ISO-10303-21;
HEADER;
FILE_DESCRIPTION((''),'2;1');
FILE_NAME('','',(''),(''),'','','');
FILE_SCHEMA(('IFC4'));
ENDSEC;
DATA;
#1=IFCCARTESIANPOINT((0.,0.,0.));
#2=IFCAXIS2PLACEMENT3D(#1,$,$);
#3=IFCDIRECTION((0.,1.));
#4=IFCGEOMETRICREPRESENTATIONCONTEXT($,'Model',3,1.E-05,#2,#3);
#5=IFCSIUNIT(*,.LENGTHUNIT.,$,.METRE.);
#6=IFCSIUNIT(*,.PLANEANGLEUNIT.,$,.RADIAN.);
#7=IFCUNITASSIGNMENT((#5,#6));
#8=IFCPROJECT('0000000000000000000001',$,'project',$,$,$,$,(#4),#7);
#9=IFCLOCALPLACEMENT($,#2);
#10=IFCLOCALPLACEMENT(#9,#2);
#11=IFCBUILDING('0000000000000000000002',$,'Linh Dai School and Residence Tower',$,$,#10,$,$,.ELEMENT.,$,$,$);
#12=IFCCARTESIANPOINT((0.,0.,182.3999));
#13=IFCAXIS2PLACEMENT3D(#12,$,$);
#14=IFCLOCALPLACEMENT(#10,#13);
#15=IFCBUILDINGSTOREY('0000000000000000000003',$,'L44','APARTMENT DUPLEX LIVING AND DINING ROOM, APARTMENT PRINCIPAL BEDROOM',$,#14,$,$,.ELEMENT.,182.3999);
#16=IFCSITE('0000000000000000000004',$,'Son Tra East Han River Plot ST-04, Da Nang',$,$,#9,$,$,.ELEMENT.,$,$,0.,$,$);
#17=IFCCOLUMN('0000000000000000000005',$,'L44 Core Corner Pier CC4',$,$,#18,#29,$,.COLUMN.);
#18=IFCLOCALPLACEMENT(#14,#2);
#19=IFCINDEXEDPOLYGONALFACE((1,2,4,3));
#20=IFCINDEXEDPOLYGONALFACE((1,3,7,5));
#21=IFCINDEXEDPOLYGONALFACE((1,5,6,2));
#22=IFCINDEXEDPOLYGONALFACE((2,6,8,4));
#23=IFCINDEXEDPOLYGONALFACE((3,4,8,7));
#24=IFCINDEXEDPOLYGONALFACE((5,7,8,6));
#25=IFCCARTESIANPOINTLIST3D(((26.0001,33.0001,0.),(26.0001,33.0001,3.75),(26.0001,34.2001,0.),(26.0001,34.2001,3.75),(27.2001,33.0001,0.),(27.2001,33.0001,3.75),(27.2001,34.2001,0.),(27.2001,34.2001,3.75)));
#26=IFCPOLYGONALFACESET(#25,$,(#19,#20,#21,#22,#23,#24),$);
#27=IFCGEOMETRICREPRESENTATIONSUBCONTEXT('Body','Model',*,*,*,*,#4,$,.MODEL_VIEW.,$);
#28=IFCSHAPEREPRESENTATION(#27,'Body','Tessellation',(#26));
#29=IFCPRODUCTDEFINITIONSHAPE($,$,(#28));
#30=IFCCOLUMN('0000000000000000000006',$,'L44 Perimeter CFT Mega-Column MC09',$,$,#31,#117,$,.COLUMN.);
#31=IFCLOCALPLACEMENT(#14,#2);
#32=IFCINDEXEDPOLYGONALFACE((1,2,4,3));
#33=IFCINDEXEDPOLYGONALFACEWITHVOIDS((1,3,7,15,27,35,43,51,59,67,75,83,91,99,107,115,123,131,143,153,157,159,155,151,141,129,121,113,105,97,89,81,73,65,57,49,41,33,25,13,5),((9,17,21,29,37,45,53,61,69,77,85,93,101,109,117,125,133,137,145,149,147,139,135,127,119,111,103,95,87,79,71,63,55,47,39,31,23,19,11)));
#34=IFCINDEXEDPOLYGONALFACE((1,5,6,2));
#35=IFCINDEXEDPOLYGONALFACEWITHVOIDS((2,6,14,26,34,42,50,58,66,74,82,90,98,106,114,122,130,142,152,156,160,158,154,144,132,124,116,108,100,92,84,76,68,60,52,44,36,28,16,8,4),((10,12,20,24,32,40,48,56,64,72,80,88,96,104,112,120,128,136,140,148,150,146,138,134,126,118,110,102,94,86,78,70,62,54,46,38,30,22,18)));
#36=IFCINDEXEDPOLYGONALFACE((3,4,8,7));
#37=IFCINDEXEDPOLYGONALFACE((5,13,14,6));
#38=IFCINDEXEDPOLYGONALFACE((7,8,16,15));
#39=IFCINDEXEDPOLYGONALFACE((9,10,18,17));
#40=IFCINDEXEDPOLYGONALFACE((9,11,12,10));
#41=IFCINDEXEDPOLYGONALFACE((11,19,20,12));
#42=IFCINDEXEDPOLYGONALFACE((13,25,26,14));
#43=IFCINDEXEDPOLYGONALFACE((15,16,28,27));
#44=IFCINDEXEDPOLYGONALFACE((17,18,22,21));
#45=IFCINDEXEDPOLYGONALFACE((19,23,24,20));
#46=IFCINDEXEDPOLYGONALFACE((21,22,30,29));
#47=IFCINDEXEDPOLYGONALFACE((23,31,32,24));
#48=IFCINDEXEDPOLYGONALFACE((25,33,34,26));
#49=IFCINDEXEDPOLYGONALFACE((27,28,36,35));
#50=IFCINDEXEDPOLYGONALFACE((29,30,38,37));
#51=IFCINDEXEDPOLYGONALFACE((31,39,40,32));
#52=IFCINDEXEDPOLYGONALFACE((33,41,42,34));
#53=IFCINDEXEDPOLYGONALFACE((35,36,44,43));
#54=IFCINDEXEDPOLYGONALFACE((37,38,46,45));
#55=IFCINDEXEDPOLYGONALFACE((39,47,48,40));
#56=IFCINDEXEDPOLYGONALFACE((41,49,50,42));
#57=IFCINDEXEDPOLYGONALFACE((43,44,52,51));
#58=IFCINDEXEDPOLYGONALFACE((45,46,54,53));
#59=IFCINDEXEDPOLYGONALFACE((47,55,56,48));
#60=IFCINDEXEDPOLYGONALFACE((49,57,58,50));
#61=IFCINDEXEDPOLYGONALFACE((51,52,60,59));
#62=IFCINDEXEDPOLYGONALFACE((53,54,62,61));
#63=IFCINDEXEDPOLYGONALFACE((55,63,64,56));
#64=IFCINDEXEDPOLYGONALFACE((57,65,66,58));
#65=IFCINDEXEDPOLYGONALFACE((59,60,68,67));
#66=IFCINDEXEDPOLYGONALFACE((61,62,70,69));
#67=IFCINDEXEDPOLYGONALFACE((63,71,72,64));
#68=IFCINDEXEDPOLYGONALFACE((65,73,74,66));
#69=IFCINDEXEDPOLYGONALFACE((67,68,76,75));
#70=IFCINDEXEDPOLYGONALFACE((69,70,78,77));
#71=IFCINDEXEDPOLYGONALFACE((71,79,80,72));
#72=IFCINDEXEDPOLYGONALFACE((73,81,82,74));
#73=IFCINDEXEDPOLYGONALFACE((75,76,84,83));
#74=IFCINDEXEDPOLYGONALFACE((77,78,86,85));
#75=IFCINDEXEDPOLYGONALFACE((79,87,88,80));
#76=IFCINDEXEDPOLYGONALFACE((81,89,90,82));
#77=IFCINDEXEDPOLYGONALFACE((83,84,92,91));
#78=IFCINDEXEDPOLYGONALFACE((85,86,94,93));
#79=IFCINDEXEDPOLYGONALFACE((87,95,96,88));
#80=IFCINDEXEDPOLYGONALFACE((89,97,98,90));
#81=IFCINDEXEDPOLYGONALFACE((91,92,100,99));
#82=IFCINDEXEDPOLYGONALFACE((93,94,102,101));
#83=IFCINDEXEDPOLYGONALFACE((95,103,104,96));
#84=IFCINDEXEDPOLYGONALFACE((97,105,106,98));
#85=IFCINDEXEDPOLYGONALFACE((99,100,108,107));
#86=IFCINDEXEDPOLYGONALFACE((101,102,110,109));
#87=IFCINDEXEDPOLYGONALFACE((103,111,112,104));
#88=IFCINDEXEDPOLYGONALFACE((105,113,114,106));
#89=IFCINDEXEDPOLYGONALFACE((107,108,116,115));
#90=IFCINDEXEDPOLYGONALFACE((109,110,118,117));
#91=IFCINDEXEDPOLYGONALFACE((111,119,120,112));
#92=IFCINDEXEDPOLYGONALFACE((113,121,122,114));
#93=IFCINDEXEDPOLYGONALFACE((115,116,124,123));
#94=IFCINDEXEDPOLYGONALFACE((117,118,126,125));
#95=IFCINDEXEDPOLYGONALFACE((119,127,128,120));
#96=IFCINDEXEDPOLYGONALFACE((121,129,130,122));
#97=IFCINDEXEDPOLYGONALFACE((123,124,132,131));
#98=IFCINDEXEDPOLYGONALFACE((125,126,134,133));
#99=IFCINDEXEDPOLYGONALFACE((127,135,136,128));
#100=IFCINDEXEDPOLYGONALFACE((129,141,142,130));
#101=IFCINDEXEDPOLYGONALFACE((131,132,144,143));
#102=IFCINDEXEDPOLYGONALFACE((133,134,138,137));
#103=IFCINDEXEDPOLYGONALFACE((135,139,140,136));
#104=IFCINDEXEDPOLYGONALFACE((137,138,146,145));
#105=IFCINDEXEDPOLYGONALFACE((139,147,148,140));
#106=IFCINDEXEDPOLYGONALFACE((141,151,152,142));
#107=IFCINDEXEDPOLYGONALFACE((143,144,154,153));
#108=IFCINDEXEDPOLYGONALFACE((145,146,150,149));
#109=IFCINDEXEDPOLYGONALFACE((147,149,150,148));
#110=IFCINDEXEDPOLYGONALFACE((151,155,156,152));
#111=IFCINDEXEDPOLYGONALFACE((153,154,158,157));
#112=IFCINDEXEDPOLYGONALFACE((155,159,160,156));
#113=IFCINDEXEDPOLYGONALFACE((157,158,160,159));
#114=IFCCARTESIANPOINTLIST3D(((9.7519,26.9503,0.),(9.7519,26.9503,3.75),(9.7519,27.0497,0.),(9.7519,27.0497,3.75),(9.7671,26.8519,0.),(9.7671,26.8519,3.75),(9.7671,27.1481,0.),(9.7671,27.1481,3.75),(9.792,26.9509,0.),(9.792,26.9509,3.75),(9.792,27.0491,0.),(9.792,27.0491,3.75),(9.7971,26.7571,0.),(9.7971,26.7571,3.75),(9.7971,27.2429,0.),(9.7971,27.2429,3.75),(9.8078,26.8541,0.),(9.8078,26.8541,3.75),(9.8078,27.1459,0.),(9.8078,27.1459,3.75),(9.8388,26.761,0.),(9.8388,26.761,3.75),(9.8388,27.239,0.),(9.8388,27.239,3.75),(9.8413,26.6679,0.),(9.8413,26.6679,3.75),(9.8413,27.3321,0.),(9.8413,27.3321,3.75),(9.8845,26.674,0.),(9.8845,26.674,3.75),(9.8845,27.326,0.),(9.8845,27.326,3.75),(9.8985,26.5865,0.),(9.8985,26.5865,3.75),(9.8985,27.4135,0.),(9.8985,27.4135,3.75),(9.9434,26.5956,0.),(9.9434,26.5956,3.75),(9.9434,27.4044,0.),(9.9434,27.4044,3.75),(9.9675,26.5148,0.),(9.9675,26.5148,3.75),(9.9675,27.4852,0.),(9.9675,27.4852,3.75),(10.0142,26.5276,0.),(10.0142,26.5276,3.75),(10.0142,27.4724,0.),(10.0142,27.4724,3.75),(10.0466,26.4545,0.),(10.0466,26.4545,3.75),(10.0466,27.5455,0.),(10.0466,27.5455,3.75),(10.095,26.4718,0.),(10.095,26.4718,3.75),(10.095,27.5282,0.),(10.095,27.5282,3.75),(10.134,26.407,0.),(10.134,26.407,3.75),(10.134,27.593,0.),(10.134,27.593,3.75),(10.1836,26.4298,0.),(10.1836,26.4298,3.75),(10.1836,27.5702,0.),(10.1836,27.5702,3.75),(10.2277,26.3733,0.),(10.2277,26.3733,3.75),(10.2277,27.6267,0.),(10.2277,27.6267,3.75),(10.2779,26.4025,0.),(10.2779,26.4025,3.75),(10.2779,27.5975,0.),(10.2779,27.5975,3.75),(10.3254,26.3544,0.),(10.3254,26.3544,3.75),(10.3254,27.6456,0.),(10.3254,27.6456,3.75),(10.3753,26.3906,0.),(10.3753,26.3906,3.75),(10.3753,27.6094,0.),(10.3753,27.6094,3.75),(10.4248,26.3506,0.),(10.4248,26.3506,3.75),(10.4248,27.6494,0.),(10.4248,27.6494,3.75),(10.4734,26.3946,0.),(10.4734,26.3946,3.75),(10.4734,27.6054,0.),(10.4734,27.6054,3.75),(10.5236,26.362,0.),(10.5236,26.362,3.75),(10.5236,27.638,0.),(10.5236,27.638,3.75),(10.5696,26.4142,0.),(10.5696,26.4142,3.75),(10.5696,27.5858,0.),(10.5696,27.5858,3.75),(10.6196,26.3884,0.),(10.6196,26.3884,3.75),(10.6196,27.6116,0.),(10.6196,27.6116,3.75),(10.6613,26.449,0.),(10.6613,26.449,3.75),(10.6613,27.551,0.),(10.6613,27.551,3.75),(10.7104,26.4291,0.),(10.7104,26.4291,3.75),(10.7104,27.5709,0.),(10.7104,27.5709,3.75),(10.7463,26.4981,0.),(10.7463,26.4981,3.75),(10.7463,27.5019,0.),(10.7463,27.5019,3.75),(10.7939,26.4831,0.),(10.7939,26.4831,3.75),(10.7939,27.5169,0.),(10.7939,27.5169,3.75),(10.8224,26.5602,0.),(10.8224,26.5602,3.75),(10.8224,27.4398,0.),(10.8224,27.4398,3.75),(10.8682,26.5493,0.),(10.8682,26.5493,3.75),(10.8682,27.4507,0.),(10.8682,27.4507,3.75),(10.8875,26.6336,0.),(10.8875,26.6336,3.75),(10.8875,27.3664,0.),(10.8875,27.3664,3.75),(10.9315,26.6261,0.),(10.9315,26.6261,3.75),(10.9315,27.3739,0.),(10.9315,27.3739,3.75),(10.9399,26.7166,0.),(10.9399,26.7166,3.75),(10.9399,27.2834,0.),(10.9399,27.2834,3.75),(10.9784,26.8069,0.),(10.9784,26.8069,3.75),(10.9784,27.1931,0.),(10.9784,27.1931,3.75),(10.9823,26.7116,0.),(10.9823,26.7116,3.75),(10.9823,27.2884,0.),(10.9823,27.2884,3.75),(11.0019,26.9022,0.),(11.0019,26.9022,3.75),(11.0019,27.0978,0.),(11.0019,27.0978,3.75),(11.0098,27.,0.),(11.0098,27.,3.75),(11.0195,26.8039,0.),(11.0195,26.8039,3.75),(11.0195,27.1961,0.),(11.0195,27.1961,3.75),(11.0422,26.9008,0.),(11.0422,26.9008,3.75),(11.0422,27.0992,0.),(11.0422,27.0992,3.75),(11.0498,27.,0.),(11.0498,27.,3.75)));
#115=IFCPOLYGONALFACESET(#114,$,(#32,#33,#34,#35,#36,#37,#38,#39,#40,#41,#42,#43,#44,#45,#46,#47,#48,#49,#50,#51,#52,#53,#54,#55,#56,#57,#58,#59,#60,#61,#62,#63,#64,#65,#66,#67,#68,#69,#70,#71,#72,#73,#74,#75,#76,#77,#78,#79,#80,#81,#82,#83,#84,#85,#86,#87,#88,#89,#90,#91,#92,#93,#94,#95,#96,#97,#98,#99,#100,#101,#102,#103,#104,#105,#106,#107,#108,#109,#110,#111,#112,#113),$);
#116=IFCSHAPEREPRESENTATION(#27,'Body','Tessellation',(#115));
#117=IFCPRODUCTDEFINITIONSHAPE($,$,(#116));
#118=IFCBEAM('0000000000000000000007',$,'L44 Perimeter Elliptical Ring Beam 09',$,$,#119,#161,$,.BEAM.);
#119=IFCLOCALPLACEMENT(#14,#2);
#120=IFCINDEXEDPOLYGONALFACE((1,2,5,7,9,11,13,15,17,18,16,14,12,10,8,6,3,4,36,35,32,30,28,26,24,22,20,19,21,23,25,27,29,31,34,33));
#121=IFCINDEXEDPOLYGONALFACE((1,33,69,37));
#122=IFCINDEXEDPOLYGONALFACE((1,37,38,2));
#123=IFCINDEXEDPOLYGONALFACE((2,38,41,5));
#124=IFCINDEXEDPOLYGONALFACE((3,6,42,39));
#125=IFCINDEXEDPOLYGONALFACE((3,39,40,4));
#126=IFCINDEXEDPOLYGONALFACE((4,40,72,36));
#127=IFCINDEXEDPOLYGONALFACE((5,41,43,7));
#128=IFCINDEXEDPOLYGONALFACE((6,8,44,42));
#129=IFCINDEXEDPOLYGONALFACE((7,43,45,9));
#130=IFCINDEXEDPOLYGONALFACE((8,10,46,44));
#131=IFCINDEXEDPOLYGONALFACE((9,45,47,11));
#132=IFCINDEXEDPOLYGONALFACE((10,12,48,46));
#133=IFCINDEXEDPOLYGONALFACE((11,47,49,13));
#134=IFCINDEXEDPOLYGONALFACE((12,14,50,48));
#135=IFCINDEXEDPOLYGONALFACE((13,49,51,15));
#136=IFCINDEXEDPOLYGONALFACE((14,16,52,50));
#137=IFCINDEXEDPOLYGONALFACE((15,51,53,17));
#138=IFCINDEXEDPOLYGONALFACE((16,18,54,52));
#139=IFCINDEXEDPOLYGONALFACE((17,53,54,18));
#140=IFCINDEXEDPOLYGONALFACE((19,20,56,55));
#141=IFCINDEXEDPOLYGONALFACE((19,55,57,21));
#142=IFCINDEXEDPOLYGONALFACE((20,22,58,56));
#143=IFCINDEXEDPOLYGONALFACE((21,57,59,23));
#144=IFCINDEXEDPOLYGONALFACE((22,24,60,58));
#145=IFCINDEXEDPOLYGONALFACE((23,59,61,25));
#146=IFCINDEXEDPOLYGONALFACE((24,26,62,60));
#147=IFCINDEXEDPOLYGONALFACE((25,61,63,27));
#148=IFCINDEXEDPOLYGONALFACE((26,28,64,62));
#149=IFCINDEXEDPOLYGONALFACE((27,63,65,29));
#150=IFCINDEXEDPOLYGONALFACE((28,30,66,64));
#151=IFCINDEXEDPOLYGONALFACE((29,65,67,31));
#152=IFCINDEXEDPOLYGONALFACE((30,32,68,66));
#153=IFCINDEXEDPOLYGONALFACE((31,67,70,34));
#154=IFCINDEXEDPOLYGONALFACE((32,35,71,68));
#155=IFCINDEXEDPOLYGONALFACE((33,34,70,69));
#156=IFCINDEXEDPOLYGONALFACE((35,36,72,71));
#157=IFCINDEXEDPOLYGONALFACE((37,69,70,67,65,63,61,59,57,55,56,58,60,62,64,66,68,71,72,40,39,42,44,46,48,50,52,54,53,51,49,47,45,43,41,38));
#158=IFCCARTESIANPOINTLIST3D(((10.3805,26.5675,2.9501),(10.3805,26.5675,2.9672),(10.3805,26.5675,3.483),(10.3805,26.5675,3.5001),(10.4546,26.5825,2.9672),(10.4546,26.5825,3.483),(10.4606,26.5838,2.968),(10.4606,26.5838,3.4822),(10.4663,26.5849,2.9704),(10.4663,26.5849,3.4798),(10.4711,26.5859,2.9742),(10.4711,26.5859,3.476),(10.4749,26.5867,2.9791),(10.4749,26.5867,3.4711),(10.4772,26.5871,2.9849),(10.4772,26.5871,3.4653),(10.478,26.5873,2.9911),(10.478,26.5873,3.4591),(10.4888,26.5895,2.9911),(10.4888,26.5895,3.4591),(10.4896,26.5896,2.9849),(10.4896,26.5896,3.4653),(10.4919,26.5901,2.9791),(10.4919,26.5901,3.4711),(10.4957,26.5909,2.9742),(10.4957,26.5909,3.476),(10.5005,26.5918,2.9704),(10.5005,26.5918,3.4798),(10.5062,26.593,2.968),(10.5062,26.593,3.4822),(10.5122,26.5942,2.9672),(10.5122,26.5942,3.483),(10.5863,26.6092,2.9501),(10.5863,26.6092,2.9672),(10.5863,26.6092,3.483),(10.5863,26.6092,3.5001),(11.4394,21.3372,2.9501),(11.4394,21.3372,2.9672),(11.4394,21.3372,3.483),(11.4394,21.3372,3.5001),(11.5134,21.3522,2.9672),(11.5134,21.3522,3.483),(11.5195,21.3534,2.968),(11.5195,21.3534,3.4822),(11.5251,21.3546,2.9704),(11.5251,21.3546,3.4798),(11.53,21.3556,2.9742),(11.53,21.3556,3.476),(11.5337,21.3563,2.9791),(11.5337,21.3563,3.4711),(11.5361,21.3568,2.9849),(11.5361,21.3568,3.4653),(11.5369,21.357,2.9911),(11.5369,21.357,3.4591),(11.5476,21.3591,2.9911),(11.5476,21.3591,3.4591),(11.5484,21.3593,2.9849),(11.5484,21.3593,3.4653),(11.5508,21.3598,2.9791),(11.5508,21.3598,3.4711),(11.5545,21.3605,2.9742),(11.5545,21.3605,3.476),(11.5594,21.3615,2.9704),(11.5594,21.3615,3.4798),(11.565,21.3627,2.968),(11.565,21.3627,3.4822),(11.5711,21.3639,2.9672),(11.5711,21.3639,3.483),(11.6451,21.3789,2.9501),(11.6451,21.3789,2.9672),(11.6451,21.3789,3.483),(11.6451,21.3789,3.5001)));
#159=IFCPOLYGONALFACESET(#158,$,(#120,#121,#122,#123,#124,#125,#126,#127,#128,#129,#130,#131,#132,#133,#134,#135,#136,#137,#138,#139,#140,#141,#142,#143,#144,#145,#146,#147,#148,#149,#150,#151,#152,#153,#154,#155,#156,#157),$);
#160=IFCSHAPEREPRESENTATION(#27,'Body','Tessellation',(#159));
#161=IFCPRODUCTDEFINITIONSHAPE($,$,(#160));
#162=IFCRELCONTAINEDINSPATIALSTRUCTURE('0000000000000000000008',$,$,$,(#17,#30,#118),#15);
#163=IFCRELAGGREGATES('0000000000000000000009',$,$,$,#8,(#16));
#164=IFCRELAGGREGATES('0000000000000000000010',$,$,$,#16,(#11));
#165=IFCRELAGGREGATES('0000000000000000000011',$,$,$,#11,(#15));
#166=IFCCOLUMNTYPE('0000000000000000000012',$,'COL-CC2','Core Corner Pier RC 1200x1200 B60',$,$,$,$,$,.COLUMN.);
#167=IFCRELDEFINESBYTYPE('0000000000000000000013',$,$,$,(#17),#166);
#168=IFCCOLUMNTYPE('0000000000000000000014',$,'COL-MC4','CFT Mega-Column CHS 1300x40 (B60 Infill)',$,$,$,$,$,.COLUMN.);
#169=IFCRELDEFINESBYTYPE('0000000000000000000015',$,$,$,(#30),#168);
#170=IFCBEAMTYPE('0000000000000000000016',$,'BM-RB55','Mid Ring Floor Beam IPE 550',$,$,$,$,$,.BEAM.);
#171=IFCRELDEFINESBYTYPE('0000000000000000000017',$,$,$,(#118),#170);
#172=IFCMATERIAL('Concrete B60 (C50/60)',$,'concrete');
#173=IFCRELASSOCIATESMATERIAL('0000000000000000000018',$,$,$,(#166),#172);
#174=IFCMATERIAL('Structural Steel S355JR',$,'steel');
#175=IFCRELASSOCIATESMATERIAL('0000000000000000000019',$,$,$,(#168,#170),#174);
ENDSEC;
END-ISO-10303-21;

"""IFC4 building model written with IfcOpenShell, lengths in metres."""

from ifc_helpers import new_model, si_unit, direction, frame, origin, origin_2d, place, context, subcontext, project, spatial, rectangle, hollow_circle, i_section, extrude, material, material_profile, profile_set, type_object, element, save


model = new_model("IFC4")

# Units and contexts
model_context = context("Model", 3, precision=1e-05, world=origin(), true_north=direction((0.0, 1.0)))
body_context = subcontext(model_context, "Body", "Model", "MODEL_VIEW")
ifc_project = project(units=[si_unit("LENGTHUNIT", "METRE"), si_unit("PLANEANGLEUNIT", "RADIAN")], contexts=[model_context])

# Site, building, storey
site_placement = place(None, origin())
site = spatial("IfcSite", under=ifc_project, at=site_placement, Name="Son Tra East Han River Plot ST-04, Da Nang", CompositionType="ELEMENT", RefElevation=0.0)
building_placement = place(site_placement, origin())
building = spatial("IfcBuilding", under=site, at=building_placement, Name="Linh Dai School and Residence Tower", CompositionType="ELEMENT")
storey_placement = place(building_placement, frame((0.0, 0.0, 182.3999)))
storey = spatial("IfcBuildingStorey", under=building, at=storey_placement, Name="L44", Description="APARTMENT DUPLEX LIVING AND DINING ROOM, APARTMENT PRINCIPAL BEDROOM", CompositionType="ELEMENT", Elevation=182.3999)

# Columns
ifc_material_1 = material(Name="Concrete B60 (C50/60)", Category="concrete")
ifc_material_profile_1 = material_profile(ifc_material_1, rectangle(XDim=1.2, YDim=1.2, at=origin_2d()), Name="RC 1200x1200")
ifc_profile_set_1 = profile_set([ifc_material_profile_1], Name="Concrete B60 (C50/60)")
column_type_1 = type_object("IfcColumnType", Name="COL-CC2", Description="Core Corner Pier RC 1200x1200 B60", PredefinedType="COLUMN", material=ifc_profile_set_1)
column_1_placement = place(storey_placement, frame((26.6001, 33.6001, 0.0), z_axis=(0.0, 0.0, 1.0), x_axis=(1.0, 0.0, 0.0)))
element("IfcColumn", 1, at=column_1_placement, inside=storey, type_object=column_type_1, Name="L44 Core Corner Pier CC4", PredefinedType="COLUMN", context=body_context, shape_type="SweptSolid", body=[
    extrude(rectangle(XDim=1.2, YDim=1.2, at=origin_2d()), origin(), (0.0, 0.0, 1.0), 3.75),
])
ifc_material_2 = material(Name="Structural Steel S355JR", Category="steel")
ifc_material_profile_2 = material_profile(ifc_material_2, hollow_circle(Radius=0.6499, WallThickness=0.04, at=origin_2d()), Name="CHS 1300x40")
ifc_profile_set_2 = profile_set([ifc_material_profile_2], Name="Structural Steel S355JR")
column_type_2 = type_object("IfcColumnType", Name="COL-MC4", Description="CFT Mega-Column CHS 1300x40 (B60 Infill)", PredefinedType="COLUMN", material=ifc_profile_set_2)
column_2_placement = place(storey_placement, frame((10.3999, 27.0, 0.0), z_axis=(0.0, 0.0, 1.0), x_axis=(1.0, 0.0, 0.0)))
element("IfcColumn", 2, at=column_2_placement, inside=storey, type_object=column_type_2, Name="L44 Perimeter CFT Mega-Column MC09", PredefinedType="COLUMN", context=body_context, shape_type="SweptSolid", body=[
    extrude(hollow_circle(Radius=0.6499, WallThickness=0.04, at=origin_2d()), origin(), (0.0, 0.0, 1.0), 3.75),
])

# Beam
ifc_material_profile_3 = material_profile(ifc_material_2, i_section(OverallWidth=0.21, OverallDepth=0.55, WebThickness=0.011, FlangeThickness=0.0171, FilletRadius=0.0239, at=origin_2d()), Name="IPE 550")
ifc_profile_set_3 = profile_set([ifc_material_profile_3], Name="Structural Steel S355JR")
beam_type_1 = type_object("IfcBeamType", Name="BM-RB55", Description="Mid Ring Floor Beam IPE 550", PredefinedType="BEAM", material=ifc_profile_set_3)
beam_1_placement = place(storey_placement, frame((10.4834, 26.5884, 3.2251), z_axis=(0.198421, -0.980117, 0.0), x_axis=(0.980117, 0.198421, 0.0)))
element("IfcBeam", 3, at=beam_1_placement, inside=storey, type_object=beam_type_1, Name="L44 Perimeter Elliptical Ring Beam 09", PredefinedType="BEAM", context=body_context, shape_type="SweptSolid", body=[
    extrude(i_section(OverallWidth=0.21, OverallDepth=0.55, WebThickness=0.011, FlangeThickness=0.0171, FilletRadius=0.0239, at=origin_2d()), origin(), (0.0, 0.0, 1.0), 5.3364),
])

save(model, "model.ifc")
